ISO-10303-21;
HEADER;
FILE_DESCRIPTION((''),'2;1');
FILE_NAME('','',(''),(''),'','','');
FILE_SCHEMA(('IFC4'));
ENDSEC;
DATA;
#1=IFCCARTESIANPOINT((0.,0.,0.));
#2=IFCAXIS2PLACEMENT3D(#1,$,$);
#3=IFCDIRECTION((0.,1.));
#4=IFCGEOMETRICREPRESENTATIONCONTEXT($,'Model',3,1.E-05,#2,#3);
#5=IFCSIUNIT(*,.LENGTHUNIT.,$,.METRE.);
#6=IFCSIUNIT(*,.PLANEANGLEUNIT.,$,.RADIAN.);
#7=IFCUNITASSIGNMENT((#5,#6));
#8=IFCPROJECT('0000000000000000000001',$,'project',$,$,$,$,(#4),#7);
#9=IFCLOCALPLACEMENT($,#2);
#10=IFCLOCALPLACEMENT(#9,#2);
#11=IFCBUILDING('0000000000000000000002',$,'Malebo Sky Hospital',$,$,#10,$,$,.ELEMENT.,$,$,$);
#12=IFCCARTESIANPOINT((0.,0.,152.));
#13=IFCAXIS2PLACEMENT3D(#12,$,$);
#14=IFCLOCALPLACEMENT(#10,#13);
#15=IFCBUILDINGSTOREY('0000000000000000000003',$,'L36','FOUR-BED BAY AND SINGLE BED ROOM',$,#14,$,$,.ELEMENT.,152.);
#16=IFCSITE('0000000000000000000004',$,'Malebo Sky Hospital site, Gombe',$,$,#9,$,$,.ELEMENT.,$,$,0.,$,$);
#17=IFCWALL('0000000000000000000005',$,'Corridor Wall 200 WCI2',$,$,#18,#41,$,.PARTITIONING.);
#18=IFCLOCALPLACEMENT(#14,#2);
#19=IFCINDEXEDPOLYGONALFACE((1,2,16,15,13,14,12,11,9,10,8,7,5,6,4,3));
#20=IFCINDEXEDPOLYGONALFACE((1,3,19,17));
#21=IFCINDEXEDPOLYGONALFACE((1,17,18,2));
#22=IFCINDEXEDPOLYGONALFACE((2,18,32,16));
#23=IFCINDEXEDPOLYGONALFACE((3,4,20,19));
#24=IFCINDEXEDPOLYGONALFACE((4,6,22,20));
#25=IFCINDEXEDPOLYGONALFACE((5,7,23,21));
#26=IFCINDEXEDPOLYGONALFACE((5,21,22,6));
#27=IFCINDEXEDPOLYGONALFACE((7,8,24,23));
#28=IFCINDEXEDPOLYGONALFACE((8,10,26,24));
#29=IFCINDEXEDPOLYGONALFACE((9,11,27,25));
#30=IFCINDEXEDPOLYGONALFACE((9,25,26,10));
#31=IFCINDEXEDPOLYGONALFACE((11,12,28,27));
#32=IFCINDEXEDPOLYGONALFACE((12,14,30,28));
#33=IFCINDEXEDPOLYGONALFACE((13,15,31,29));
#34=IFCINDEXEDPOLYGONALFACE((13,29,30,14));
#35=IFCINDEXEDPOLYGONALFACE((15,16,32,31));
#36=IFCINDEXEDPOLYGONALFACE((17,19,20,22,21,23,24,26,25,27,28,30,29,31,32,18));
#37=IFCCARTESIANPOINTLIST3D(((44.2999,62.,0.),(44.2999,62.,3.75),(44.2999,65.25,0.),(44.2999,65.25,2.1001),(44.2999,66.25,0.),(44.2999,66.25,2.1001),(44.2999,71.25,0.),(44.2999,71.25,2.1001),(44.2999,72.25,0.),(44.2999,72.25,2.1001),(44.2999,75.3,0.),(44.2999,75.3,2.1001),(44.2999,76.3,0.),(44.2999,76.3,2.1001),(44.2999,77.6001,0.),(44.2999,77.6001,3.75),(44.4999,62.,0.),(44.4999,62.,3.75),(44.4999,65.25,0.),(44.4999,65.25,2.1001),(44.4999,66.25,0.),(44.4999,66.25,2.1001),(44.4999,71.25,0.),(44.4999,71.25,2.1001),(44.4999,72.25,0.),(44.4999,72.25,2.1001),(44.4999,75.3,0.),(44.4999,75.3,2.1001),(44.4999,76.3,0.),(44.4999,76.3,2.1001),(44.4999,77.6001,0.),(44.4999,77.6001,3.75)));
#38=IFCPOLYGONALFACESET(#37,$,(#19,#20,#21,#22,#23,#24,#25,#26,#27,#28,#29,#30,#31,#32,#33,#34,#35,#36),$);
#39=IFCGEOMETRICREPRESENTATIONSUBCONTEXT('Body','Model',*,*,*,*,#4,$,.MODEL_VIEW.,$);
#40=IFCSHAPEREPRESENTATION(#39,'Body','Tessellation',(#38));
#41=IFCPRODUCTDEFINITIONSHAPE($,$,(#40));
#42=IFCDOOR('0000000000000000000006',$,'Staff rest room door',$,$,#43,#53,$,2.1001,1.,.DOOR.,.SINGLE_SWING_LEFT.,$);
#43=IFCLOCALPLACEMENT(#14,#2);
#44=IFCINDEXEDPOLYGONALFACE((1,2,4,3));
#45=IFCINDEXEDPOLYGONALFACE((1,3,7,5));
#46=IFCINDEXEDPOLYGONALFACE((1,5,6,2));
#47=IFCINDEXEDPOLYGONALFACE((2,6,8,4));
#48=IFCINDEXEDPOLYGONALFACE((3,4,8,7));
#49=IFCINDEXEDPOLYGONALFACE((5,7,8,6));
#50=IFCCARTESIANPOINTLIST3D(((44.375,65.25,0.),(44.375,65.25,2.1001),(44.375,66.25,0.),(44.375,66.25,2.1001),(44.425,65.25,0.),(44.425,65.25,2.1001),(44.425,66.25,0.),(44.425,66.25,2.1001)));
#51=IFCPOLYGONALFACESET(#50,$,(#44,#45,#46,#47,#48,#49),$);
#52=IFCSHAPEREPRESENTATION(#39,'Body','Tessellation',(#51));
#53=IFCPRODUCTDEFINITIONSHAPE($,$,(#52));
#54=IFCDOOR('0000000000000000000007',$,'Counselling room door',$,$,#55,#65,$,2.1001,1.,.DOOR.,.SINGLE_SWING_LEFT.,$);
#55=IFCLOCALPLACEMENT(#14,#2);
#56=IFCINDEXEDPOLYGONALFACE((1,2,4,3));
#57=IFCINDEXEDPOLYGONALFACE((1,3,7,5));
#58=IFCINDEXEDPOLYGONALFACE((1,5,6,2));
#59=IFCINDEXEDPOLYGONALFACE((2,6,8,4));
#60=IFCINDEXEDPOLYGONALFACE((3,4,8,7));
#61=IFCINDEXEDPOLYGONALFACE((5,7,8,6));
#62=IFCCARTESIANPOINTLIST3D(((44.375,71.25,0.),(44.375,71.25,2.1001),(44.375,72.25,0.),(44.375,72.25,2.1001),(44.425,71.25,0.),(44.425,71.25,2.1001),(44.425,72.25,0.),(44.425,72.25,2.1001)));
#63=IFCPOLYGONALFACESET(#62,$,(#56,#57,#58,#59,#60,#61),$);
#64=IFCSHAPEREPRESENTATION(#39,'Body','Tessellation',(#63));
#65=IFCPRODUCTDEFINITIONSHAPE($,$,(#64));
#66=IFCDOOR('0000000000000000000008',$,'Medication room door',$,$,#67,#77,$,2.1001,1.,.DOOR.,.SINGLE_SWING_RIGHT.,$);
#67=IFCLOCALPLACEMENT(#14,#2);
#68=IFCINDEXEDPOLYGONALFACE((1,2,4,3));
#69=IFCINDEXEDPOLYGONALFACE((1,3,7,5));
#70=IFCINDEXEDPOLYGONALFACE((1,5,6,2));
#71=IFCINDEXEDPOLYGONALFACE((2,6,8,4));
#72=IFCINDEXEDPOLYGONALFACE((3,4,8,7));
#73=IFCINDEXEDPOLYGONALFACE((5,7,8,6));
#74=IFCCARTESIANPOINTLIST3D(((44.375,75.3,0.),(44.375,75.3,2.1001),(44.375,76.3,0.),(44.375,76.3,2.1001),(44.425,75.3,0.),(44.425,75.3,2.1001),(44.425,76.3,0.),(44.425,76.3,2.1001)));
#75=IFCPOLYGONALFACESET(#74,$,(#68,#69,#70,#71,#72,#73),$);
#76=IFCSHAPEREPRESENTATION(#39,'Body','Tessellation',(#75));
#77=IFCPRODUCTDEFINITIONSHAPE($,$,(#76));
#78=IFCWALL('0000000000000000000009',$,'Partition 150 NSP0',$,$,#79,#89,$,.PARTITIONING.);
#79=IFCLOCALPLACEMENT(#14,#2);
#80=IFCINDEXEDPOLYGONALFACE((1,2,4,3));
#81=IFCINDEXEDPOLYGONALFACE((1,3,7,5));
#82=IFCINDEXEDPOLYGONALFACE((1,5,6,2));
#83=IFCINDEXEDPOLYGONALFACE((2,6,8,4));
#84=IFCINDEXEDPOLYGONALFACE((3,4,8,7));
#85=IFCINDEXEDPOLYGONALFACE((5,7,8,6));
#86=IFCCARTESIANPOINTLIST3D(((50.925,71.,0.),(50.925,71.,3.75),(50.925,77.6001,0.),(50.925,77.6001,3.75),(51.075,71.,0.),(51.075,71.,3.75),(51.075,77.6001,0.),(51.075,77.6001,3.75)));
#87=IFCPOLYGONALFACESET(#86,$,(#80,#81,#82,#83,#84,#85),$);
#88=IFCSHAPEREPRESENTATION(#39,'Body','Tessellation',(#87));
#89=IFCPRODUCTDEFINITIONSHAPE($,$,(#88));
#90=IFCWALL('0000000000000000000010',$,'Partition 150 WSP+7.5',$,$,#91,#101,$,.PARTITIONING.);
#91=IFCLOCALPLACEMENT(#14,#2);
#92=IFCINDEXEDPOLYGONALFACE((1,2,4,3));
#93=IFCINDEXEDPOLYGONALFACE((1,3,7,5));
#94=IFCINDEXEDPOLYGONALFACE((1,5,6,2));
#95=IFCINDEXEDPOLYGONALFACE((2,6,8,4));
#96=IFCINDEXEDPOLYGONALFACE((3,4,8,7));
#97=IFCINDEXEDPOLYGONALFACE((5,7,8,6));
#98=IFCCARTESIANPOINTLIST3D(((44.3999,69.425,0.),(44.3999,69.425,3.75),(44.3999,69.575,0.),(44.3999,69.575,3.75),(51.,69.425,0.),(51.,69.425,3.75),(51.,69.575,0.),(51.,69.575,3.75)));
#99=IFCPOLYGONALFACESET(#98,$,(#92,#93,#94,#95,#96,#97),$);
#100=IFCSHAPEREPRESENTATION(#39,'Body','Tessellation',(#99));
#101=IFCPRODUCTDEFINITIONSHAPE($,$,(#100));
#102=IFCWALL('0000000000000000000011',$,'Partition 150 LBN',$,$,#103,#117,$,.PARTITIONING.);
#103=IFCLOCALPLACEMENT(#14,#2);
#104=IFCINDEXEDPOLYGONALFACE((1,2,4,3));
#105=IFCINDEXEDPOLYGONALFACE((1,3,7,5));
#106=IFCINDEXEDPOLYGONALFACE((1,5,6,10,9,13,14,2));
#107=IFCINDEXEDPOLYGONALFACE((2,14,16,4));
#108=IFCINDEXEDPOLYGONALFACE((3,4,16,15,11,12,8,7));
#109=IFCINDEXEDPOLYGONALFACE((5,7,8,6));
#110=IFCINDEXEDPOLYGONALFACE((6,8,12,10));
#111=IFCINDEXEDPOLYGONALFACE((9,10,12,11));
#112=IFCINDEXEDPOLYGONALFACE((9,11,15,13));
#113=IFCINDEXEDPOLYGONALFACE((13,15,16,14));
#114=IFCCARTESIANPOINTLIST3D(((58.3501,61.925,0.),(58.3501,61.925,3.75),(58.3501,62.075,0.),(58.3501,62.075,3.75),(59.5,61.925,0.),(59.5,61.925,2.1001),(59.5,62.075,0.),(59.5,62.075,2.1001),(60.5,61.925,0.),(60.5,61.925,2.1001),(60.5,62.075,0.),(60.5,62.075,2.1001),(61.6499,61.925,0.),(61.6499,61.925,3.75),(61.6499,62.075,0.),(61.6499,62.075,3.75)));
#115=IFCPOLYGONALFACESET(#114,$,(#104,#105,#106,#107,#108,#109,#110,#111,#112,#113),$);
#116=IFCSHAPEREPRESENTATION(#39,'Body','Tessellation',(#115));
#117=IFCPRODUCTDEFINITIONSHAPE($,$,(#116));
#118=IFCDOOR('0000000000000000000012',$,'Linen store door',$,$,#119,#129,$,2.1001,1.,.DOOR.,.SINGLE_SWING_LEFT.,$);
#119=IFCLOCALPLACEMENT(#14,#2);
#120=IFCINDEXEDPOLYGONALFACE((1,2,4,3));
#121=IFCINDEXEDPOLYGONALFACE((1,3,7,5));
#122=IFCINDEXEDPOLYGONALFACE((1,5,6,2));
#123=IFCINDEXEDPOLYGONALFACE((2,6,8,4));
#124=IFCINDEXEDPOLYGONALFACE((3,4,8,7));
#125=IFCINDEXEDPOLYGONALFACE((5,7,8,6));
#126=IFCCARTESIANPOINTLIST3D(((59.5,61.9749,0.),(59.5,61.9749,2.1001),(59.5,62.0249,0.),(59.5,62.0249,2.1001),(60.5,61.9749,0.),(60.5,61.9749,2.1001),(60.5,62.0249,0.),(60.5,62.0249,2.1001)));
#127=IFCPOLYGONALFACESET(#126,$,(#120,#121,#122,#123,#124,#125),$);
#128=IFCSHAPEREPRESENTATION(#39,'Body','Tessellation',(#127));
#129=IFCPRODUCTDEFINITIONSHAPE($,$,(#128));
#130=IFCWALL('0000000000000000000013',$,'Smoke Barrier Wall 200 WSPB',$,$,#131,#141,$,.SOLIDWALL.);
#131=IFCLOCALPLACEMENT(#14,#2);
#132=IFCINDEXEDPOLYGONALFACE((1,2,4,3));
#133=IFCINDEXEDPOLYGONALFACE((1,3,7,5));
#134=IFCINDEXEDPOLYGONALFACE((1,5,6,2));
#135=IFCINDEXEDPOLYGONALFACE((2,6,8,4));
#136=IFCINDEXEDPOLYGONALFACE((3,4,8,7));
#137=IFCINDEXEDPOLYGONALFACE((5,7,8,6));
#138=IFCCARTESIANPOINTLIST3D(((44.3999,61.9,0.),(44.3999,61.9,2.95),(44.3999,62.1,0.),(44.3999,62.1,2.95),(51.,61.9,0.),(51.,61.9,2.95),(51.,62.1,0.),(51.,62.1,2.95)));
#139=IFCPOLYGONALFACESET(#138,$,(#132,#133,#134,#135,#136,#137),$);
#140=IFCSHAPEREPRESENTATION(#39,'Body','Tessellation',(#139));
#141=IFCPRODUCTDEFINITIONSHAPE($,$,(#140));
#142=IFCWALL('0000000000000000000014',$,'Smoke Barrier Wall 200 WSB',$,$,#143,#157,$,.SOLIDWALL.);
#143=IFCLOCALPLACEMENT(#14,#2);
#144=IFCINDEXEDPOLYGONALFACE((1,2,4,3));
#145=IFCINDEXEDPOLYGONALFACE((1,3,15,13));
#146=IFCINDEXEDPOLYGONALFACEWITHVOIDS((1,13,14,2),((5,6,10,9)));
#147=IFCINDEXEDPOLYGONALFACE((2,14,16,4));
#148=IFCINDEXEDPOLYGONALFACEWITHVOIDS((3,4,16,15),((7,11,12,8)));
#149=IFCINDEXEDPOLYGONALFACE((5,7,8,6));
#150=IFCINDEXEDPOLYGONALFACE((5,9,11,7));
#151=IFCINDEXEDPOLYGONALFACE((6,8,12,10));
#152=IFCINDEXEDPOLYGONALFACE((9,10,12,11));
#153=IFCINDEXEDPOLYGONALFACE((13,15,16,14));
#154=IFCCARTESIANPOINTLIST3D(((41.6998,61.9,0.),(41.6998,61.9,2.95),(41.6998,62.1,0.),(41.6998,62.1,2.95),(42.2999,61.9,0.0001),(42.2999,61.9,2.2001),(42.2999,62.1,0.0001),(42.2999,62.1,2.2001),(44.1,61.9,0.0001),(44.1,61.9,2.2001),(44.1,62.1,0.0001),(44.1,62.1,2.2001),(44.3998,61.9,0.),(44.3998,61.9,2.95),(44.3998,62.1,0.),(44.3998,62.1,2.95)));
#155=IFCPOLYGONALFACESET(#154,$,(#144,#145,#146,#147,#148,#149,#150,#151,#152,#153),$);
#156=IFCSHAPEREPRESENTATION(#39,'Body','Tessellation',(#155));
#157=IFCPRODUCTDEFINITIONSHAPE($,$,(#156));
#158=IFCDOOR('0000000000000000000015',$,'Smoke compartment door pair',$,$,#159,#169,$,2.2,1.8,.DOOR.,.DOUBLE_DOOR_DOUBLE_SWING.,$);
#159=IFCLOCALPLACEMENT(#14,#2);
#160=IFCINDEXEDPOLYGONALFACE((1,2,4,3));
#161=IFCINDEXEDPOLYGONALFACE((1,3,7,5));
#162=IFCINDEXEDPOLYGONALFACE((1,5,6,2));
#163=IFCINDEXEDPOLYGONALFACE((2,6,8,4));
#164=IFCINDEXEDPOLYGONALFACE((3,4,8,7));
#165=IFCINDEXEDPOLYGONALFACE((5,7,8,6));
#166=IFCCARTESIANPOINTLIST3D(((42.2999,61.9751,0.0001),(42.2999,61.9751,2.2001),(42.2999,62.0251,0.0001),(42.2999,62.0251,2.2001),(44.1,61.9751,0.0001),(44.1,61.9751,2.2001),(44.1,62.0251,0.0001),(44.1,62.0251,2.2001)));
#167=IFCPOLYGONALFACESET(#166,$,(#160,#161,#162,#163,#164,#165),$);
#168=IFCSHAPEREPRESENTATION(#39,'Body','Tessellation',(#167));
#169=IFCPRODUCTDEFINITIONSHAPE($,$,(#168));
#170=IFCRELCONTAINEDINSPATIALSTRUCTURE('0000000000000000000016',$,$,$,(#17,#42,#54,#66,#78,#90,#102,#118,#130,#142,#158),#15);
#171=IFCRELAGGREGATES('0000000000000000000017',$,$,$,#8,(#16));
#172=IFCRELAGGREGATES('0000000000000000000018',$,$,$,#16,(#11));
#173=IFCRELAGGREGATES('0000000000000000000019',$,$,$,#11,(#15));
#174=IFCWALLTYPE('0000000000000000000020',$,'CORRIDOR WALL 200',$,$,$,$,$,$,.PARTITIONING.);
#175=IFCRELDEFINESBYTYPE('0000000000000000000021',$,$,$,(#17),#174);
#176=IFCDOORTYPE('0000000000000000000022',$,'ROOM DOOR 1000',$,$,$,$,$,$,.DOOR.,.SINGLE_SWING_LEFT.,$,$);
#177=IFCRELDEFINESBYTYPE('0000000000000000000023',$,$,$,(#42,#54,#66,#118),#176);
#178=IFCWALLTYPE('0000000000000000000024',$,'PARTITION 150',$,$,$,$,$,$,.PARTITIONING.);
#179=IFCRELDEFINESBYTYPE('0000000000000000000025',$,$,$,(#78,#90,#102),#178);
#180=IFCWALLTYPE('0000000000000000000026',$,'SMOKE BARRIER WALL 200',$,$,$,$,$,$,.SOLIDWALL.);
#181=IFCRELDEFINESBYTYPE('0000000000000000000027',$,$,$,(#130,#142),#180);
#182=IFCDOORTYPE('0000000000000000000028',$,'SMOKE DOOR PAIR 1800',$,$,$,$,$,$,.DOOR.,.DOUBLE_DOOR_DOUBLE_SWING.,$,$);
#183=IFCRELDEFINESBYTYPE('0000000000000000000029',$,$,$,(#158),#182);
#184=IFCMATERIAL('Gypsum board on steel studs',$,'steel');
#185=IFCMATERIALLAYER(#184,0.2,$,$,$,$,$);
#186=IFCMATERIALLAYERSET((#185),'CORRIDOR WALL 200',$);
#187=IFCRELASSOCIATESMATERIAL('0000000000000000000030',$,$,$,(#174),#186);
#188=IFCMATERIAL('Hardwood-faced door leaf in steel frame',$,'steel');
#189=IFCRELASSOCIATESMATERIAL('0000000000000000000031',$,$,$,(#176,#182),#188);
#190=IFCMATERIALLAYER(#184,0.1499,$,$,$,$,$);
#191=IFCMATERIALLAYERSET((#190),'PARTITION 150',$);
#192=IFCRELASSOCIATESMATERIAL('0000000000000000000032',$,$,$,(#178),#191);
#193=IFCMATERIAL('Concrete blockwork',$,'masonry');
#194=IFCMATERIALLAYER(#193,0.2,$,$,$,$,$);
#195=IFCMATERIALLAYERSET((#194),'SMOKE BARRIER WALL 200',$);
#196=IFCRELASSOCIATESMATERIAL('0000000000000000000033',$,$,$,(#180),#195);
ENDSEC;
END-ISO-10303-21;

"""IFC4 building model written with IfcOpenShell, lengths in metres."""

from ifc_helpers import new_model, si_unit, direction, frame, frame_2d, origin, place, context, subcontext, project, spatial, rectangle, extrude, material, layer, layer_set, type_object, element, fill, save


model = new_model("IFC4")

# Units and contexts
model_context = context("Model", 3, precision=1e-05, world=origin(), true_north=direction((0.0, 1.0)))
body_context = subcontext(model_context, "Body", "Model", "MODEL_VIEW")
ifc_project = project(units=[si_unit("LENGTHUNIT", "METRE"), si_unit("PLANEANGLEUNIT", "RADIAN")], contexts=[model_context])

# Site, building, storey
site_placement = place(None, origin())
site = spatial("IfcSite", under=ifc_project, at=site_placement, Name="Malebo Sky Hospital site, Gombe", CompositionType="ELEMENT", RefElevation=0.0)
building_placement = place(site_placement, origin())
building = spatial("IfcBuilding", under=site, at=building_placement, Name="Malebo Sky Hospital", CompositionType="ELEMENT")
storey_placement = place(building_placement, frame((0.0, 0.0, 152.0)))
storey = spatial("IfcBuildingStorey", under=building, at=storey_placement, Name="L36", Description="FOUR-BED BAY AND SINGLE BED ROOM", CompositionType="ELEMENT", Elevation=152.0)

# Shared definitions
ifc_material_1 = material(Name="Hardwood-faced door leaf in steel frame", Category="steel")

# Wall, openings, doors
ifc_material_2 = material(Name="Gypsum board on steel studs", Category="steel")
ifc_layer_1 = layer(ifc_material_2, 0.2)
ifc_layer_set_1 = layer_set([ifc_layer_1], Name="CORRIDOR WALL 200")
wall_type_1 = type_object("IfcWallType", Name="CORRIDOR WALL 200", PredefinedType="PARTITIONING", material=ifc_layer_set_1)
wall_1_placement = place(storey_placement, frame((44.3999, 62.0, 0.0), z_axis=(0.0, 0.0, 1.0), x_axis=(0.0, 1.0, 0.0)))
wall_1 = element("IfcWall", 1, at=wall_1_placement, inside=storey, type_object=wall_type_1, Name="Corridor Wall 200 WCI2", PredefinedType="PARTITIONING", context=body_context, shape_type="SweptSolid", body=[
    extrude(rectangle(XDim=15.6001, YDim=0.2, at=frame_2d((7.8, 0.0))), origin(), (0.0, 0.0, 1.0), 3.75),
])
opening_1_placement = place(wall_1_placement, frame((3.25, 0.0, 0.0)))
opening_1 = element("IfcOpeningElement", 2, at=opening_1_placement, cuts=wall_1, PredefinedType="OPENING", context=body_context, shape_type="SweptSolid", body=[
    extrude(rectangle(XDim=1.0, YDim=2.1001, at=frame_2d((0.5, 1.05))), frame((0.0, 0.1099, 0.0), z_axis=(0.0, -1.0, 0.0), x_axis=(1.0, 0.0, 0.0)), (0.0, 0.0, 1.0), 0.22),
])
opening_2_placement = place(wall_1_placement, frame((9.25, 0.0, 0.0)))
opening_2 = element("IfcOpeningElement", 3, at=opening_2_placement, cuts=wall_1, PredefinedType="OPENING", context=body_context, shape_type="SweptSolid", body=[
    extrude(rectangle(XDim=1.0, YDim=2.1001, at=frame_2d((0.5, 1.05))), frame((0.0, 0.1099, 0.0), z_axis=(0.0, -1.0, 0.0), x_axis=(1.0, 0.0, 0.0)), (0.0, 0.0, 1.0), 0.22),
])
opening_3_placement = place(wall_1_placement, frame((13.3, 0.0, 0.0)))
opening_3 = element("IfcOpeningElement", 4, at=opening_3_placement, cuts=wall_1, PredefinedType="OPENING", context=body_context, shape_type="SweptSolid", body=[
    extrude(rectangle(XDim=1.0, YDim=2.1001, at=frame_2d((0.5, 1.05))), frame((0.0, 0.1099, 0.0), z_axis=(0.0, -1.0, 0.0), x_axis=(1.0, 0.0, 0.0)), (0.0, 0.0, 1.0), 0.22),
])
door_type_1 = type_object("IfcDoorType", Name="ROOM DOOR 1000", OperationType="SINGLE_SWING_LEFT", PredefinedType="DOOR", material=ifc_material_1)
door_1_placement = place(opening_1_placement, origin())
door_1 = element("IfcDoor", 5, at=door_1_placement, inside=storey, type_object=door_type_1, Name="Staff rest room door", OperationType="SINGLE_SWING_LEFT", OverallHeight=2.1001, OverallWidth=1.0, PredefinedType="DOOR", context=body_context, shape_type="SweptSolid", body=[
    extrude(rectangle(XDim=1.0, YDim=2.1001, at=frame_2d((0.5, 1.05))), frame((0.0, 0.0249, 0.0), z_axis=(0.0, -1.0, 0.0), x_axis=(1.0, 0.0, 0.0)), (0.0, 0.0, 1.0), 0.05),
])
fill(opening_1, door_1)
door_2_placement = place(opening_2_placement, origin())
door_2 = element("IfcDoor", 6, at=door_2_placement, inside=storey, type_object=door_type_1, Name="Counselling room door", OperationType="SINGLE_SWING_LEFT", OverallHeight=2.1001, OverallWidth=1.0, PredefinedType="DOOR", context=body_context, shape_type="SweptSolid", body=[
    extrude(rectangle(XDim=1.0, YDim=2.1001, at=frame_2d((0.5, 1.05))), frame((0.0, 0.0249, 0.0), z_axis=(0.0, -1.0, 0.0), x_axis=(1.0, 0.0, 0.0)), (0.0, 0.0, 1.0), 0.05),
])
fill(opening_2, door_2)
door_3_placement = place(opening_3_placement, origin())
door_3 = element("IfcDoor", 7, at=door_3_placement, inside=storey, type_object=door_type_1, Name="Medication room door", OperationType="SINGLE_SWING_RIGHT", OverallHeight=2.1001, OverallWidth=1.0, PredefinedType="DOOR", context=body_context, shape_type="SweptSolid", body=[
    extrude(rectangle(XDim=1.0, YDim=2.1001, at=frame_2d((0.5, 1.05))), frame((0.0, 0.0249, 0.0), z_axis=(0.0, -1.0, 0.0), x_axis=(1.0, 0.0, 0.0)), (0.0, 0.0, 1.0), 0.05),
])
fill(opening_3, door_3)

# Walls
ifc_layer_2 = layer(ifc_material_2, 0.1499)
ifc_layer_set_2 = layer_set([ifc_layer_2], Name="PARTITION 150")
wall_type_2 = type_object("IfcWallType", Name="PARTITION 150", PredefinedType="PARTITIONING", material=ifc_layer_set_2)
for number, where, z_axis, x_axis, name in (
    (8, (51.0, 71.0, 0.0), (0.0, 0.0, 1.0), (0.0, 1.0, 0.0), "Partition 150 NSP0"),
    (9, (51.0, 69.5, 0.0), (0.0, 0.0, 1.0), (-1.0, 0.0, 0.0), "Partition 150 WSP+7.5"),
):
    element("IfcWall", number, at=place(storey_placement, frame(where, z_axis=z_axis, x_axis=x_axis)), inside=storey, type_object=wall_type_2, Name=name, PredefinedType="PARTITIONING", context=body_context, shape_type="SweptSolid", body=[
        extrude(rectangle(XDim=6.6001, YDim=0.1499, at=frame_2d((3.3, 0.0))), origin(), (0.0, 0.0, 1.0), 3.75),
    ])

# Wall, opening, door
wall_2_placement = place(storey_placement, frame((58.3501, 62.0, 0.0), z_axis=(0.0, 0.0, 1.0), x_axis=(1.0, 0.0, 0.0)))
wall_2 = element("IfcWall", 10, at=wall_2_placement, inside=storey, type_object=wall_type_2, Name="Partition 150 LBN", PredefinedType="PARTITIONING", context=body_context, shape_type="SweptSolid", body=[
    extrude(rectangle(XDim=3.2998, YDim=0.1499, at=frame_2d((1.6499, 0.0))), origin(), (0.0, 0.0, 1.0), 3.75),
])
opening_4_placement = place(wall_2_placement, frame((1.1499, 0.0, 0.0)))
opening_4 = element("IfcOpeningElement", 11, at=opening_4_placement, cuts=wall_2, PredefinedType="OPENING", context=body_context, shape_type="SweptSolid", body=[
    extrude(rectangle(XDim=1.0, YDim=2.1001, at=frame_2d((0.5, 1.05))), frame((0.0, 0.085, 0.0), z_axis=(0.0, -1.0, 0.0), x_axis=(1.0, 0.0, 0.0)), (0.0, 0.0, 1.0), 0.1699),
])
door_4_placement = place(opening_4_placement, origin())
door_4 = element("IfcDoor", 12, at=door_4_placement, inside=storey, type_object=door_type_1, Name="Linen store door", OperationType="SINGLE_SWING_LEFT", OverallHeight=2.1001, OverallWidth=1.0, PredefinedType="DOOR", context=body_context, shape_type="SweptSolid", body=[
    extrude(rectangle(XDim=1.0, YDim=2.1001, at=frame_2d((0.5, 1.05))), frame((0.0, 0.0249, 0.0), z_axis=(0.0, -1.0, 0.0), x_axis=(1.0, 0.0, 0.0)), (0.0, 0.0, 1.0), 0.05),
])
fill(opening_4, door_4)

# Wall
ifc_material_3 = material(Name="Concrete blockwork", Category="masonry")
ifc_layer_3 = layer(ifc_material_3, 0.2)
ifc_layer_set_3 = layer_set([ifc_layer_3], Name="SMOKE BARRIER WALL 200")
wall_type_3 = type_object("IfcWallType", Name="SMOKE BARRIER WALL 200", PredefinedType="SOLIDWALL", material=ifc_layer_set_3)
wall_3_placement = place(storey_placement, frame((51.0, 62.0, 0.0), z_axis=(0.0, 0.0, 1.0), x_axis=(-1.0, 0.0, 0.0)))
element("IfcWall", 13, at=wall_3_placement, inside=storey, type_object=wall_type_3, Name="Smoke Barrier Wall 200 WSPB", PredefinedType="SOLIDWALL", context=body_context, shape_type="SweptSolid", body=[
    extrude(rectangle(XDim=6.6001, YDim=0.2, at=frame_2d((3.3, 0.0))), origin(), (0.0, 0.0, 1.0), 2.95),
])

# Wall, opening, door
wall_4_placement = place(storey_placement, frame((44.3999, 62.0, 0.0), z_axis=(0.0, 0.0, 1.0), x_axis=(-1.0, 0.0, 0.0)))
wall_4 = element("IfcWall", 14, at=wall_4_placement, inside=storey, type_object=wall_type_3, Name="Smoke Barrier Wall 200 WSB", PredefinedType="SOLIDWALL", context=body_context, shape_type="SweptSolid", body=[
    extrude(rectangle(XDim=2.7, YDim=0.2, at=frame_2d((1.3501, 0.0))), origin(), (0.0, 0.0, 1.0), 2.95),
])
opening_5_placement = place(wall_4_placement, frame((0.3, 0.0, 0.0)))
opening_5 = element("IfcOpeningElement", 15, at=opening_5_placement, cuts=wall_4, PredefinedType="OPENING", context=body_context, shape_type="SweptSolid", body=[
    extrude(rectangle(XDim=1.8, YDim=2.2, at=frame_2d((0.8999, 1.1001))), frame((0.0, 0.1099, 0.0), z_axis=(0.0, -1.0, 0.0), x_axis=(1.0, 0.0, 0.0)), (0.0, 0.0, 1.0), 0.22),
])
door_type_2 = type_object("IfcDoorType", Name="SMOKE DOOR PAIR 1800", OperationType="DOUBLE_DOOR_DOUBLE_SWING", PredefinedType="DOOR", material=ifc_material_1)
door_5_placement = place(opening_5_placement, origin())
door_5 = element("IfcDoor", 16, at=door_5_placement, inside=storey, type_object=door_type_2, Name="Smoke compartment door pair", OperationType="DOUBLE_DOOR_DOUBLE_SWING", OverallHeight=2.2, OverallWidth=1.8, PredefinedType="DOOR", context=body_context, shape_type="SweptSolid", body=[
    extrude(rectangle(XDim=1.8, YDim=2.2, at=frame_2d((0.8999, 1.1001))), frame((0.0, 0.0249, 0.0), z_axis=(0.0, -1.0, 0.0), x_axis=(1.0, 0.0, 0.0)), (0.0, 0.0, 1.0), 0.05),
])
fill(opening_5, door_5)

save(model, "model.ifc")
